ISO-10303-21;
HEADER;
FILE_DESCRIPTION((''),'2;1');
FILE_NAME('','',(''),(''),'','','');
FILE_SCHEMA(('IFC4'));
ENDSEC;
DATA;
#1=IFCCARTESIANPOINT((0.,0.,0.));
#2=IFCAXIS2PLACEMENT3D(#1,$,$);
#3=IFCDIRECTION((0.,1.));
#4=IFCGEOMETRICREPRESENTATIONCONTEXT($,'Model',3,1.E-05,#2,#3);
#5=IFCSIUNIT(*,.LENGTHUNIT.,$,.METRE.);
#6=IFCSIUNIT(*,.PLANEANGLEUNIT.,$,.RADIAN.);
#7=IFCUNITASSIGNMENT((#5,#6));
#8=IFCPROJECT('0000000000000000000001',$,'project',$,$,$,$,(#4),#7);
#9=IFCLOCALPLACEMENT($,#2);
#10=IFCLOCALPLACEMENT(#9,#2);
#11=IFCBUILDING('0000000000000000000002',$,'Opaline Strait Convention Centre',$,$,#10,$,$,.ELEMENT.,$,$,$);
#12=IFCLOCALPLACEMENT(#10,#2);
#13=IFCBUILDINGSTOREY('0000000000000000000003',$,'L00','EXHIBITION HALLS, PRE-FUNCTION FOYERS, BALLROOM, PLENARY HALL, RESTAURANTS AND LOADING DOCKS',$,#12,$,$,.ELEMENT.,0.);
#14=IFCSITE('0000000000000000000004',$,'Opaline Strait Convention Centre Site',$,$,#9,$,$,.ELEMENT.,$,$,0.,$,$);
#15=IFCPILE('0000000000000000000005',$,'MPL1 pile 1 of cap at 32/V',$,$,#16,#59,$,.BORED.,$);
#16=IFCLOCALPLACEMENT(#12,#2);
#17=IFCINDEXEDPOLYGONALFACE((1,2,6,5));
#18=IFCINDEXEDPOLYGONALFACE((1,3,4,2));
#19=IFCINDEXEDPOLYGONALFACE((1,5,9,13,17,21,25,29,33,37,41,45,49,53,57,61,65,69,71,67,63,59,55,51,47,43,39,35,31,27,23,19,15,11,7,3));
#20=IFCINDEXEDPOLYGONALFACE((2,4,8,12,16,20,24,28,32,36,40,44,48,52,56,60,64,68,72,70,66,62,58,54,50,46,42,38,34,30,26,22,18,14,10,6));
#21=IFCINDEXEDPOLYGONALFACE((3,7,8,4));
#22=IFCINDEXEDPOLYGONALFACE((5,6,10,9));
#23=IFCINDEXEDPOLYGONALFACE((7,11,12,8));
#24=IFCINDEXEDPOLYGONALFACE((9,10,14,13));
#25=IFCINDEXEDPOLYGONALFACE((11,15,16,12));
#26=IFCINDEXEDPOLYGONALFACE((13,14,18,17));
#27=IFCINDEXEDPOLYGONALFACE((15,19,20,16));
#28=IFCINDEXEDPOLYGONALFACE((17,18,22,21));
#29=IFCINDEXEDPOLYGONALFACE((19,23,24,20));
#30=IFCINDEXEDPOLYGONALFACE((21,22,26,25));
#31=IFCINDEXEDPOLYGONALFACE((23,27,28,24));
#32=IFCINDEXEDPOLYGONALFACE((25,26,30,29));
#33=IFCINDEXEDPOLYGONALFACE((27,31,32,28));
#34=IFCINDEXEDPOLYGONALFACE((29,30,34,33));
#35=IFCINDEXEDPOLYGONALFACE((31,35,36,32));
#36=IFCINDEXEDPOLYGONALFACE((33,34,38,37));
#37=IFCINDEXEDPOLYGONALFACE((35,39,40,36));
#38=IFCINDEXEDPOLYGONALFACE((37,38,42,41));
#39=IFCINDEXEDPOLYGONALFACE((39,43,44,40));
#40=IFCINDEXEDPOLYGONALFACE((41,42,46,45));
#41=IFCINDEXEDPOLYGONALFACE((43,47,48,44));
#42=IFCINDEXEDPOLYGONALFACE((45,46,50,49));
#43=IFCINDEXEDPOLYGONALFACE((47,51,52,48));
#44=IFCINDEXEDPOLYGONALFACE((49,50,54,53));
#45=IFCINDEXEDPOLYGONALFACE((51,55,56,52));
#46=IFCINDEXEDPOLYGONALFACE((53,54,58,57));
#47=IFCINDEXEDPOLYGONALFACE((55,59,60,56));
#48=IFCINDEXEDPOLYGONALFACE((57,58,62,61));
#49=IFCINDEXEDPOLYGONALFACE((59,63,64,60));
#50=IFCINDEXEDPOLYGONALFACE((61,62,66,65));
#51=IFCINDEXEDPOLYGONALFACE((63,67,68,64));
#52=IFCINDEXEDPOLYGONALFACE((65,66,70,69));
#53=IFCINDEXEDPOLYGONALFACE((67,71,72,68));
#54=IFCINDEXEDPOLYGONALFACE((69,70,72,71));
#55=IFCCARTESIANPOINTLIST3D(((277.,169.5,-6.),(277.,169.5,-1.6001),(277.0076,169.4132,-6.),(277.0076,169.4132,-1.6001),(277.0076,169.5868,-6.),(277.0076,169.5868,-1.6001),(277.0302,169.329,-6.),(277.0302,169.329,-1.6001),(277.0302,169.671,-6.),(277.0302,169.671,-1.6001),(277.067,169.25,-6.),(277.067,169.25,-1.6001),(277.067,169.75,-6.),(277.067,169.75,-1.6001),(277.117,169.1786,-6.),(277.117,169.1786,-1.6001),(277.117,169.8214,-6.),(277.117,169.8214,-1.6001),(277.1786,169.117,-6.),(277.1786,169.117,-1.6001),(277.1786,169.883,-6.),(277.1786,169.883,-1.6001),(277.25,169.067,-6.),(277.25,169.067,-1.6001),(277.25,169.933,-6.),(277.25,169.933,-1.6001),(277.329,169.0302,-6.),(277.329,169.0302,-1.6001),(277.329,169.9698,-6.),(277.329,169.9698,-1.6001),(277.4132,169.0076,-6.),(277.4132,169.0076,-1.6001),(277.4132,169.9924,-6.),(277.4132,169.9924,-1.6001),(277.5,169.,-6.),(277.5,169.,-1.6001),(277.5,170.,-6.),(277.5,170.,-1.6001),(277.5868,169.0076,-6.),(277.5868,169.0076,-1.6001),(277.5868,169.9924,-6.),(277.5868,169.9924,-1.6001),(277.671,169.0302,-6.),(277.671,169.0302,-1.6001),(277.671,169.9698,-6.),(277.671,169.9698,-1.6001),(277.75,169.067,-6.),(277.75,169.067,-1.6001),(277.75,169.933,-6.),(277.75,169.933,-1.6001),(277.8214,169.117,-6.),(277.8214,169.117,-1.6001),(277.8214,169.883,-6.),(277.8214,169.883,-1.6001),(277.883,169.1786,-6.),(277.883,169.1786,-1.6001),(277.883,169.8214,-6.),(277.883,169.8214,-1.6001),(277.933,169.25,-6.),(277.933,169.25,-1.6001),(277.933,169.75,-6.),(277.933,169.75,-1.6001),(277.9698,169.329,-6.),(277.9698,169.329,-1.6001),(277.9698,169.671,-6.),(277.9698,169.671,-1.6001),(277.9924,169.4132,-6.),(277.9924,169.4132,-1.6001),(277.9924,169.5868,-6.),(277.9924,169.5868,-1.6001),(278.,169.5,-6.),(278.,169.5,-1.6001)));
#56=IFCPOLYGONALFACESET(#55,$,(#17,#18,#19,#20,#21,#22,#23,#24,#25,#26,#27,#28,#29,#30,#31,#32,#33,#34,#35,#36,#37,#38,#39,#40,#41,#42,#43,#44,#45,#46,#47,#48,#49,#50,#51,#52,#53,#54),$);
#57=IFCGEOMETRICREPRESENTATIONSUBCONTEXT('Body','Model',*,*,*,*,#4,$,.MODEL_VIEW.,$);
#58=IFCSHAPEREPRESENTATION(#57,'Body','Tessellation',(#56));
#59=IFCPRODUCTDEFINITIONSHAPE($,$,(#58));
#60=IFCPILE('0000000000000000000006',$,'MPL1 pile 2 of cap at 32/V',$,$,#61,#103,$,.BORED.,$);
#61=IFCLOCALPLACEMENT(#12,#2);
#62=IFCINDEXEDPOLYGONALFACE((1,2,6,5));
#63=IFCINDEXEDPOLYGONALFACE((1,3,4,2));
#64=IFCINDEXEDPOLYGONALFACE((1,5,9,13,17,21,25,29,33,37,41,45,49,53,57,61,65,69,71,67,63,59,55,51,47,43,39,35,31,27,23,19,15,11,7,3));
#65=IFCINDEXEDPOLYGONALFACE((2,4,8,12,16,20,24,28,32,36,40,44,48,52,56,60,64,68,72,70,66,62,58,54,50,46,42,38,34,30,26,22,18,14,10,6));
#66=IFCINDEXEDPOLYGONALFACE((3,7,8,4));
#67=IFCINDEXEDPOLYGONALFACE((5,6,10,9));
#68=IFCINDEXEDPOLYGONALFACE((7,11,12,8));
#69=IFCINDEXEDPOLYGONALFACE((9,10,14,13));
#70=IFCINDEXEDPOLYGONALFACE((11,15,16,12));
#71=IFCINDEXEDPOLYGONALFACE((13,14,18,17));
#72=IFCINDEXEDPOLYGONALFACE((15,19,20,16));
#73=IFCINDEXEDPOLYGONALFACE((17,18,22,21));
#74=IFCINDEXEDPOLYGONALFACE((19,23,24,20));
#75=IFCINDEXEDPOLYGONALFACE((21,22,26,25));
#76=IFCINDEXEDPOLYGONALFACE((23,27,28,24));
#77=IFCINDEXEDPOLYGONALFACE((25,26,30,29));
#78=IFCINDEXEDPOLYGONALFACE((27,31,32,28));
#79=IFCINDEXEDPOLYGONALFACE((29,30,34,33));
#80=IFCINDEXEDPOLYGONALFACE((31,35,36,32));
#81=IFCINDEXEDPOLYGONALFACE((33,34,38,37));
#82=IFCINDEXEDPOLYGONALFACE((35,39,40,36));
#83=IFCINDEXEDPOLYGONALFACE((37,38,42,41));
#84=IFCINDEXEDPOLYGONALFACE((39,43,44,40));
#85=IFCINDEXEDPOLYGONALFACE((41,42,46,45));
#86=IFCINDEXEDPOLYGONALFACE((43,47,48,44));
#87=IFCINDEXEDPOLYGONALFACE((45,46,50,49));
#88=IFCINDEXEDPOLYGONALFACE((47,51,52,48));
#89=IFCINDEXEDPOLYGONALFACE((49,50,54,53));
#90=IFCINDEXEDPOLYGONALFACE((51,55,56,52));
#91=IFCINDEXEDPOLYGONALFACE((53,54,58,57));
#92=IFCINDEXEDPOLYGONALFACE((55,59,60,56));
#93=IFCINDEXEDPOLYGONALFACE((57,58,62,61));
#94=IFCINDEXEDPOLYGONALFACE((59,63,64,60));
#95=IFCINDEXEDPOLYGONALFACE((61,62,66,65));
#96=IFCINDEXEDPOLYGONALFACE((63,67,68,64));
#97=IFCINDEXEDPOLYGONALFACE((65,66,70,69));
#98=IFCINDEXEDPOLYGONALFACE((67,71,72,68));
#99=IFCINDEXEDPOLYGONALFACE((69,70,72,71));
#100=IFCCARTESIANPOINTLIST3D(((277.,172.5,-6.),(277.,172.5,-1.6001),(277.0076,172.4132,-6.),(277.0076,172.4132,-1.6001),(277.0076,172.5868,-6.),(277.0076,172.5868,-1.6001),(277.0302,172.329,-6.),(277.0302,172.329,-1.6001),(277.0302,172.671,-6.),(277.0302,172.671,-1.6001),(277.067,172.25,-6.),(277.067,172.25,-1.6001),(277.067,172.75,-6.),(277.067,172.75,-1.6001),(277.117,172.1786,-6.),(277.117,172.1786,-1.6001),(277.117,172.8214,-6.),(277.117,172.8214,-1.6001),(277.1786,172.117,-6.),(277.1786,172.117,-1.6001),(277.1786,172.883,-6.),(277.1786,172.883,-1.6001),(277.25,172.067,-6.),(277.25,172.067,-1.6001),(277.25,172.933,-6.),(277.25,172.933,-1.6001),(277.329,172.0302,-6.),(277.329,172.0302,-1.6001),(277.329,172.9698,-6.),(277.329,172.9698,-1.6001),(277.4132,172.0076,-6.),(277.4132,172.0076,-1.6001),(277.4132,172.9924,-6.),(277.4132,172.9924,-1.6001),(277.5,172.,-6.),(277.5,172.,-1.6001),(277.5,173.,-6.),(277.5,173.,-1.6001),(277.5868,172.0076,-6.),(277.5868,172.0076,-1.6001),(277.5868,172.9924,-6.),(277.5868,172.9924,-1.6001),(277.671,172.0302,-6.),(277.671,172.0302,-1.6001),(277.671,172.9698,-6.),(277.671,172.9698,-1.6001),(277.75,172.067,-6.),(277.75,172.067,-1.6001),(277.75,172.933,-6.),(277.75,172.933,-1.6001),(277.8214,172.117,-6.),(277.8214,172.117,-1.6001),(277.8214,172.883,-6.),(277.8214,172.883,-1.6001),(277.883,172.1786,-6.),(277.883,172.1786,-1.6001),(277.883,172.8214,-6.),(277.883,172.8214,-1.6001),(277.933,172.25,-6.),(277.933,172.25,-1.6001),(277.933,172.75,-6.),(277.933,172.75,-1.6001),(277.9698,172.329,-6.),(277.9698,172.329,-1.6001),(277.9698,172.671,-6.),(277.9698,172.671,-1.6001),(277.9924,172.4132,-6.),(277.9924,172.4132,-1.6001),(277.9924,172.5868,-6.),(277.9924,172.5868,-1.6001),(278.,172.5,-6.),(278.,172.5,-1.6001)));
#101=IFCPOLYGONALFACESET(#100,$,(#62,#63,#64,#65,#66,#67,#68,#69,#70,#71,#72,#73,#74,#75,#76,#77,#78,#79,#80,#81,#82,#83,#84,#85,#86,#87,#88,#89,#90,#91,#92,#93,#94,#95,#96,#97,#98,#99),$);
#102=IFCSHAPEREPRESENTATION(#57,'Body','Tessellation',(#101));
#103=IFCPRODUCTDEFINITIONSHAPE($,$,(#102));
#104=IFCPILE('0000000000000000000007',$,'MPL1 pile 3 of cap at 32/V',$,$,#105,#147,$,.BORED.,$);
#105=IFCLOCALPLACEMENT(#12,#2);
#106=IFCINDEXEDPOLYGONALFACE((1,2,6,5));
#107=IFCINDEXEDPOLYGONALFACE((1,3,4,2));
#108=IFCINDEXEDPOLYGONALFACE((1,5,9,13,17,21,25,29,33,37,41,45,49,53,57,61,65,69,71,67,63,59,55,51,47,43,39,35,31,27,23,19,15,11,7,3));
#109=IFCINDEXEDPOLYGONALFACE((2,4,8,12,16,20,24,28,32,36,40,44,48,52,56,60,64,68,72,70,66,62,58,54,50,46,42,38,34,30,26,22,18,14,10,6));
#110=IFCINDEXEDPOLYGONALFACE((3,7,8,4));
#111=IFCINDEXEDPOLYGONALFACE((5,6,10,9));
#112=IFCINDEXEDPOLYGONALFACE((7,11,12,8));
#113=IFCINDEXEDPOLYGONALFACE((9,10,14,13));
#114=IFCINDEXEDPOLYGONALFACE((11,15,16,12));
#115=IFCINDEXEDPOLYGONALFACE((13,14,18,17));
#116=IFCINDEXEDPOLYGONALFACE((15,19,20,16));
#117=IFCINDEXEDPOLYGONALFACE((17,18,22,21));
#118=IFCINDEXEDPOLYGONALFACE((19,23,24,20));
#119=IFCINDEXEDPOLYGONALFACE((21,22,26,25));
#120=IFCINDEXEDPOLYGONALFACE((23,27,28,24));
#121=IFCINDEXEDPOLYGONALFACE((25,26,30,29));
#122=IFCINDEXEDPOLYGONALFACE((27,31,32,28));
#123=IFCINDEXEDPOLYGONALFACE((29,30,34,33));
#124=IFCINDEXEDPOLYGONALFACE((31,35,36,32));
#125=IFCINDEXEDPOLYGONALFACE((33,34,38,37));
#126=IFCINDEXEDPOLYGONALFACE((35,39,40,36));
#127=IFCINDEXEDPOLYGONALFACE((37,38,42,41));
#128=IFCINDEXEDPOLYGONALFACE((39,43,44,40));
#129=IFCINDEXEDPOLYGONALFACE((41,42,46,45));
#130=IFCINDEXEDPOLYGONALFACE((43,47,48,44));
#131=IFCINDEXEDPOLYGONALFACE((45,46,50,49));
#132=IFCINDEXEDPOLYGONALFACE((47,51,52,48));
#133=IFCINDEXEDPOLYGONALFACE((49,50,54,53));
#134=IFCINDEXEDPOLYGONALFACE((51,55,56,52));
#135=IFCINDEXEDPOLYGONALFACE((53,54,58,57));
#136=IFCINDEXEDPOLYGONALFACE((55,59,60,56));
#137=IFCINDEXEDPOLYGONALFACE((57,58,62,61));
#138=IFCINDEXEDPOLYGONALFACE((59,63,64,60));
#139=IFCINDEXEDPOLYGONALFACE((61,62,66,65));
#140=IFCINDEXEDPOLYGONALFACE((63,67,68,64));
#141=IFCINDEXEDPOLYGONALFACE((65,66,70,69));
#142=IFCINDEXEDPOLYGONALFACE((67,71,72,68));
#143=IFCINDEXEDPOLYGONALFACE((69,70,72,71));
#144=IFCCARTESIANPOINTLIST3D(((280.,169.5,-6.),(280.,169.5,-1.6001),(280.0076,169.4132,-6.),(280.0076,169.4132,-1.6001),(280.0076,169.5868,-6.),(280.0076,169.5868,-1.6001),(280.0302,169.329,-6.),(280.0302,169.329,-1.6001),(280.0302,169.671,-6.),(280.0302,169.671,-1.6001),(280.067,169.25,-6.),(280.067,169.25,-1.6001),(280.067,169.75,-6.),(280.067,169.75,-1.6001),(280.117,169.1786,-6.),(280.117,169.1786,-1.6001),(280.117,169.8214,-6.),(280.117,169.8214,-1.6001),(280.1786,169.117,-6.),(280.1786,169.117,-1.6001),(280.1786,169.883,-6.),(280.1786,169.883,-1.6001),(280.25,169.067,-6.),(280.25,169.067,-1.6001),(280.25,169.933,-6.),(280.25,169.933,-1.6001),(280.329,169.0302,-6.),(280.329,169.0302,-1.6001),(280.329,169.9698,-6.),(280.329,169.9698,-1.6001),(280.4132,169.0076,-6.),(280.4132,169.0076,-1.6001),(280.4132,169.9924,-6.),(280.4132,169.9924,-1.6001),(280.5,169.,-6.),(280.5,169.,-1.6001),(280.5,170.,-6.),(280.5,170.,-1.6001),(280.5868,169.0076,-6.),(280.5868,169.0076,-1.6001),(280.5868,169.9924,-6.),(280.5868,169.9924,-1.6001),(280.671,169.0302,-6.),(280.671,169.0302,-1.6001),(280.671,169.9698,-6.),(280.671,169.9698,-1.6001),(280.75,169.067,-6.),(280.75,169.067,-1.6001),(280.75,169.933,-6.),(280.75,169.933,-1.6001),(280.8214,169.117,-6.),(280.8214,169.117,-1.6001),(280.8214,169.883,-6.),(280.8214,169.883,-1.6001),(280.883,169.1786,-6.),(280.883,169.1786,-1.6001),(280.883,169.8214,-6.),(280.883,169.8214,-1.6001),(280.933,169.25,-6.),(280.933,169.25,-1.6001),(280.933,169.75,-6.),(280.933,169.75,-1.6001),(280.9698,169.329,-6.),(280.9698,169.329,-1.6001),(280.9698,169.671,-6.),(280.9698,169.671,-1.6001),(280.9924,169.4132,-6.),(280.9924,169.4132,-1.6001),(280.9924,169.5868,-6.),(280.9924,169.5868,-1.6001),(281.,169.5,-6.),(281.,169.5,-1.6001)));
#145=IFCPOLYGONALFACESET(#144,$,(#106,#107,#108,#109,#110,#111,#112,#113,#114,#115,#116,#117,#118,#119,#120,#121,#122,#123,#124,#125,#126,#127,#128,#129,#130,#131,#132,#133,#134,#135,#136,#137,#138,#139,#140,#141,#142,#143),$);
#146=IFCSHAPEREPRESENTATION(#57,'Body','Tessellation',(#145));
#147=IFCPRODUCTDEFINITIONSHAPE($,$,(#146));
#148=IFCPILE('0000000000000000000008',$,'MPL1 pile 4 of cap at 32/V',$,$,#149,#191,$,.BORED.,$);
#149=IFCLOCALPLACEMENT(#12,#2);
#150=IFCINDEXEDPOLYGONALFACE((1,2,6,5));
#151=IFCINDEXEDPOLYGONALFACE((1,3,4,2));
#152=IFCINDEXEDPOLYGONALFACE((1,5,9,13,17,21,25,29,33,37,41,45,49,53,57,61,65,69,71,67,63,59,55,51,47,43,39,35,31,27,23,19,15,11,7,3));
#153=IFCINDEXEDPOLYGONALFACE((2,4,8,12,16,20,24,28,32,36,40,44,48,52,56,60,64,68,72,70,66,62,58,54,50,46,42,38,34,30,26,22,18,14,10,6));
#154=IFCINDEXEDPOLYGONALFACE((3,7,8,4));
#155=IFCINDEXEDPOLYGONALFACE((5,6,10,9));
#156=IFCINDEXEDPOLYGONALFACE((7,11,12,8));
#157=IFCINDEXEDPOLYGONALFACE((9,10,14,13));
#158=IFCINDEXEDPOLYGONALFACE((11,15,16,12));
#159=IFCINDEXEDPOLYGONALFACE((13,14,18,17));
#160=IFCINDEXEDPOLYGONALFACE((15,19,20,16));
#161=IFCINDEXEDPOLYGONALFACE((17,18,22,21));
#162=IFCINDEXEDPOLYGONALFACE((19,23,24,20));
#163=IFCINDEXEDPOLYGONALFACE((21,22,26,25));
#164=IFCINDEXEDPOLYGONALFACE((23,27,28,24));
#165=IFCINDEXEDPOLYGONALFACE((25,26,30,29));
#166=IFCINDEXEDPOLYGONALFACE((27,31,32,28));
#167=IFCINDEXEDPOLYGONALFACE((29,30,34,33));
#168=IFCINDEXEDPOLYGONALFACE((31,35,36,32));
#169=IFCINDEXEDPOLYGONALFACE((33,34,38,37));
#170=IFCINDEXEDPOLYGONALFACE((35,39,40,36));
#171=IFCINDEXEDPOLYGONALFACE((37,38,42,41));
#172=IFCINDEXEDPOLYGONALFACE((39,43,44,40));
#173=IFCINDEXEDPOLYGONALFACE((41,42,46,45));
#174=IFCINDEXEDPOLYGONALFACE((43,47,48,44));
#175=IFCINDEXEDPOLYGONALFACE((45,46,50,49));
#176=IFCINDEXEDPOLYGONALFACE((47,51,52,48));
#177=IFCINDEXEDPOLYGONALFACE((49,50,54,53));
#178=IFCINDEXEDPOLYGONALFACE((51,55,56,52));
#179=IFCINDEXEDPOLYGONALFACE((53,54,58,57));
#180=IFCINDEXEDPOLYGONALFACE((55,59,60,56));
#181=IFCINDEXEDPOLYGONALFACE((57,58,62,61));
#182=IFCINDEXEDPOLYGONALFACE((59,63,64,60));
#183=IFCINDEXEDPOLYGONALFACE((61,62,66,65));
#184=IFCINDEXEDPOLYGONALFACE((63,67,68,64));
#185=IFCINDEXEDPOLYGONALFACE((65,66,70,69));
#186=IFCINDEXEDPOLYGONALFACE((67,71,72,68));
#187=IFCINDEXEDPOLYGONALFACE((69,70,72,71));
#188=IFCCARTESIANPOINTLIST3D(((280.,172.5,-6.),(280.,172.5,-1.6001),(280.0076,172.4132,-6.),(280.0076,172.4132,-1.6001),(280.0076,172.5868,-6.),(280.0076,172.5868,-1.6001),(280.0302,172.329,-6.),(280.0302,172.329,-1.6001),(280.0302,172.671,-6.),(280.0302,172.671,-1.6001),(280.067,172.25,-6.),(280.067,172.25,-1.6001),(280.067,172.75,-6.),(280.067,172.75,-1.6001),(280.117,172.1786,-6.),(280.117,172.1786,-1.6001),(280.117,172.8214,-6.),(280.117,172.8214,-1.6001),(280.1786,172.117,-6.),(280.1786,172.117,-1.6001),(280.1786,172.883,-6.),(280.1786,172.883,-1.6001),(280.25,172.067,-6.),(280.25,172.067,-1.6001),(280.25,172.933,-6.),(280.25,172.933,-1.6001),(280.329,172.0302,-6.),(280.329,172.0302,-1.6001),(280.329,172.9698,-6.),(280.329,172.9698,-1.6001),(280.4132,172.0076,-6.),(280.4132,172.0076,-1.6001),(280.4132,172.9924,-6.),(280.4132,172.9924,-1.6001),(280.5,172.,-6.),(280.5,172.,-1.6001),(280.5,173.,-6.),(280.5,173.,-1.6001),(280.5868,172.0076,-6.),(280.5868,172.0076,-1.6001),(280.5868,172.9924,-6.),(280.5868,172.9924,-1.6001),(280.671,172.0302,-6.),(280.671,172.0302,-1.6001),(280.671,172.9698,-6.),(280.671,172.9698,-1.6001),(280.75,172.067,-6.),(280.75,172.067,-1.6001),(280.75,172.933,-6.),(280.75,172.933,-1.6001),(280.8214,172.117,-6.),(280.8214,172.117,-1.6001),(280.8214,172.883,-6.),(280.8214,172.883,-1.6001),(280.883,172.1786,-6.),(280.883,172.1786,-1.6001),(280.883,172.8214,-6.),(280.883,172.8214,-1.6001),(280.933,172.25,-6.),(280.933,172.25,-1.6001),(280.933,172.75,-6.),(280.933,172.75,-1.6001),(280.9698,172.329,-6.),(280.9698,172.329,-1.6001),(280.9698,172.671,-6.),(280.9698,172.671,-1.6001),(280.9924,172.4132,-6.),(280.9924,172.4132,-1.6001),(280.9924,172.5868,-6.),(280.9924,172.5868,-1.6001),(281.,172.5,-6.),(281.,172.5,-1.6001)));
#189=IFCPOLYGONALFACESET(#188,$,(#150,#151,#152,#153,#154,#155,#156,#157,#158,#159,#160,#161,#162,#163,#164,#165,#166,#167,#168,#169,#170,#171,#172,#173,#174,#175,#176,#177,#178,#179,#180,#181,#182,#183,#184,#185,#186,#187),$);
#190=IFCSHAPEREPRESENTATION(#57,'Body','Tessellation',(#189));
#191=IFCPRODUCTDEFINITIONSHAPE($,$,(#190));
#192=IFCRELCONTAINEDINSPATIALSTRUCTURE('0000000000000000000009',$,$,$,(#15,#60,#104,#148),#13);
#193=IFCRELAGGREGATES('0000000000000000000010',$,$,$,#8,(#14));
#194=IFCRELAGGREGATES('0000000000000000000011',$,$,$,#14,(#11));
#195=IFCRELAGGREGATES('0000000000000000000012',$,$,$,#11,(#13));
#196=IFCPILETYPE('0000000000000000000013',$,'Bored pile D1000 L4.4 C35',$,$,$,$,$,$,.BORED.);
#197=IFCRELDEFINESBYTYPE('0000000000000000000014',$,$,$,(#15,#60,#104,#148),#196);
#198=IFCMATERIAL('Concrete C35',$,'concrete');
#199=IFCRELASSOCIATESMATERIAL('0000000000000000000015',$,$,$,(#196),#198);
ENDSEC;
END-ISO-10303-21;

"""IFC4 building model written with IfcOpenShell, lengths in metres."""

from ifc_helpers import new_model, si_unit, direction, frame, origin, origin_2d, place, context, subcontext, project, spatial, circle, extrude, material, material_profile, profile_set, type_object, element, save


model = new_model("IFC4")

# Units and contexts
model_context = context("Model", 3, precision=1e-05, world=origin(), true_north=direction((0.0, 1.0)))
body_context = subcontext(model_context, "Body", "Model", "MODEL_VIEW")
ifc_project = project(units=[si_unit("LENGTHUNIT", "METRE"), si_unit("PLANEANGLEUNIT", "RADIAN")], contexts=[model_context])

# Site, building, storey
site_placement = place(None, origin())
site = spatial("IfcSite", under=ifc_project, at=site_placement, Name="Opaline Strait Convention Centre Site", CompositionType="ELEMENT", RefElevation=0.0)
building_placement = place(site_placement, origin())
building = spatial("IfcBuilding", under=site, at=building_placement, Name="Opaline Strait Convention Centre", CompositionType="ELEMENT")
storey_placement = place(building_placement, origin())
storey = spatial("IfcBuildingStorey", under=building, at=storey_placement, Name="L00", Description="EXHIBITION HALLS, PRE-FUNCTION FOYERS, BALLROOM, PLENARY HALL, RESTAURANTS AND LOADING DOCKS", CompositionType="ELEMENT", Elevation=0.0)

# Piles
ifc_material_1 = material(Name="Concrete C35", Category="concrete")
ifc_material_profile_1 = material_profile(ifc_material_1, circle(Radius=0.5, at=origin_2d()), Name="D1000")
ifc_profile_set_1 = profile_set([ifc_material_profile_1], Name="Concrete C35")
pile_type_1 = type_object("IfcPileType", Name="Bored pile D1000 L4.4 C35", PredefinedType="BORED", material=ifc_profile_set_1)
for number, where, z_axis, x_axis, name in (
    (1, (277.5, 169.5, -1.6001), (0.0, 0.0, -1.0), (1.0, 0.0, 0.0), "MPL1 pile 1 of cap at 32/V"),
    (2, (277.5, 172.5, -1.6001), (0.0, 0.0, -1.0), (1.0, 0.0, 0.0), "MPL1 pile 2 of cap at 32/V"),
    (3, (280.5, 169.5, -1.6001), (0.0, 0.0, -1.0), (1.0, 0.0, 0.0), "MPL1 pile 3 of cap at 32/V"),
    (4, (280.5, 172.5, -1.6001), (0.0, 0.0, -1.0), (1.0, 0.0, 0.0), "MPL1 pile 4 of cap at 32/V"),
):
    element("IfcPile", number, at=place(storey_placement, frame(where, z_axis=z_axis, x_axis=x_axis)), inside=storey, type_object=pile_type_1, Name=name, PredefinedType="BORED", context=body_context, shape_type="SweptSolid", body=[
        extrude(circle(Radius=0.5, at=origin_2d()), origin(), (0.0, 0.0, 1.0), 4.3999),
    ])

save(model, "model.ifc")
